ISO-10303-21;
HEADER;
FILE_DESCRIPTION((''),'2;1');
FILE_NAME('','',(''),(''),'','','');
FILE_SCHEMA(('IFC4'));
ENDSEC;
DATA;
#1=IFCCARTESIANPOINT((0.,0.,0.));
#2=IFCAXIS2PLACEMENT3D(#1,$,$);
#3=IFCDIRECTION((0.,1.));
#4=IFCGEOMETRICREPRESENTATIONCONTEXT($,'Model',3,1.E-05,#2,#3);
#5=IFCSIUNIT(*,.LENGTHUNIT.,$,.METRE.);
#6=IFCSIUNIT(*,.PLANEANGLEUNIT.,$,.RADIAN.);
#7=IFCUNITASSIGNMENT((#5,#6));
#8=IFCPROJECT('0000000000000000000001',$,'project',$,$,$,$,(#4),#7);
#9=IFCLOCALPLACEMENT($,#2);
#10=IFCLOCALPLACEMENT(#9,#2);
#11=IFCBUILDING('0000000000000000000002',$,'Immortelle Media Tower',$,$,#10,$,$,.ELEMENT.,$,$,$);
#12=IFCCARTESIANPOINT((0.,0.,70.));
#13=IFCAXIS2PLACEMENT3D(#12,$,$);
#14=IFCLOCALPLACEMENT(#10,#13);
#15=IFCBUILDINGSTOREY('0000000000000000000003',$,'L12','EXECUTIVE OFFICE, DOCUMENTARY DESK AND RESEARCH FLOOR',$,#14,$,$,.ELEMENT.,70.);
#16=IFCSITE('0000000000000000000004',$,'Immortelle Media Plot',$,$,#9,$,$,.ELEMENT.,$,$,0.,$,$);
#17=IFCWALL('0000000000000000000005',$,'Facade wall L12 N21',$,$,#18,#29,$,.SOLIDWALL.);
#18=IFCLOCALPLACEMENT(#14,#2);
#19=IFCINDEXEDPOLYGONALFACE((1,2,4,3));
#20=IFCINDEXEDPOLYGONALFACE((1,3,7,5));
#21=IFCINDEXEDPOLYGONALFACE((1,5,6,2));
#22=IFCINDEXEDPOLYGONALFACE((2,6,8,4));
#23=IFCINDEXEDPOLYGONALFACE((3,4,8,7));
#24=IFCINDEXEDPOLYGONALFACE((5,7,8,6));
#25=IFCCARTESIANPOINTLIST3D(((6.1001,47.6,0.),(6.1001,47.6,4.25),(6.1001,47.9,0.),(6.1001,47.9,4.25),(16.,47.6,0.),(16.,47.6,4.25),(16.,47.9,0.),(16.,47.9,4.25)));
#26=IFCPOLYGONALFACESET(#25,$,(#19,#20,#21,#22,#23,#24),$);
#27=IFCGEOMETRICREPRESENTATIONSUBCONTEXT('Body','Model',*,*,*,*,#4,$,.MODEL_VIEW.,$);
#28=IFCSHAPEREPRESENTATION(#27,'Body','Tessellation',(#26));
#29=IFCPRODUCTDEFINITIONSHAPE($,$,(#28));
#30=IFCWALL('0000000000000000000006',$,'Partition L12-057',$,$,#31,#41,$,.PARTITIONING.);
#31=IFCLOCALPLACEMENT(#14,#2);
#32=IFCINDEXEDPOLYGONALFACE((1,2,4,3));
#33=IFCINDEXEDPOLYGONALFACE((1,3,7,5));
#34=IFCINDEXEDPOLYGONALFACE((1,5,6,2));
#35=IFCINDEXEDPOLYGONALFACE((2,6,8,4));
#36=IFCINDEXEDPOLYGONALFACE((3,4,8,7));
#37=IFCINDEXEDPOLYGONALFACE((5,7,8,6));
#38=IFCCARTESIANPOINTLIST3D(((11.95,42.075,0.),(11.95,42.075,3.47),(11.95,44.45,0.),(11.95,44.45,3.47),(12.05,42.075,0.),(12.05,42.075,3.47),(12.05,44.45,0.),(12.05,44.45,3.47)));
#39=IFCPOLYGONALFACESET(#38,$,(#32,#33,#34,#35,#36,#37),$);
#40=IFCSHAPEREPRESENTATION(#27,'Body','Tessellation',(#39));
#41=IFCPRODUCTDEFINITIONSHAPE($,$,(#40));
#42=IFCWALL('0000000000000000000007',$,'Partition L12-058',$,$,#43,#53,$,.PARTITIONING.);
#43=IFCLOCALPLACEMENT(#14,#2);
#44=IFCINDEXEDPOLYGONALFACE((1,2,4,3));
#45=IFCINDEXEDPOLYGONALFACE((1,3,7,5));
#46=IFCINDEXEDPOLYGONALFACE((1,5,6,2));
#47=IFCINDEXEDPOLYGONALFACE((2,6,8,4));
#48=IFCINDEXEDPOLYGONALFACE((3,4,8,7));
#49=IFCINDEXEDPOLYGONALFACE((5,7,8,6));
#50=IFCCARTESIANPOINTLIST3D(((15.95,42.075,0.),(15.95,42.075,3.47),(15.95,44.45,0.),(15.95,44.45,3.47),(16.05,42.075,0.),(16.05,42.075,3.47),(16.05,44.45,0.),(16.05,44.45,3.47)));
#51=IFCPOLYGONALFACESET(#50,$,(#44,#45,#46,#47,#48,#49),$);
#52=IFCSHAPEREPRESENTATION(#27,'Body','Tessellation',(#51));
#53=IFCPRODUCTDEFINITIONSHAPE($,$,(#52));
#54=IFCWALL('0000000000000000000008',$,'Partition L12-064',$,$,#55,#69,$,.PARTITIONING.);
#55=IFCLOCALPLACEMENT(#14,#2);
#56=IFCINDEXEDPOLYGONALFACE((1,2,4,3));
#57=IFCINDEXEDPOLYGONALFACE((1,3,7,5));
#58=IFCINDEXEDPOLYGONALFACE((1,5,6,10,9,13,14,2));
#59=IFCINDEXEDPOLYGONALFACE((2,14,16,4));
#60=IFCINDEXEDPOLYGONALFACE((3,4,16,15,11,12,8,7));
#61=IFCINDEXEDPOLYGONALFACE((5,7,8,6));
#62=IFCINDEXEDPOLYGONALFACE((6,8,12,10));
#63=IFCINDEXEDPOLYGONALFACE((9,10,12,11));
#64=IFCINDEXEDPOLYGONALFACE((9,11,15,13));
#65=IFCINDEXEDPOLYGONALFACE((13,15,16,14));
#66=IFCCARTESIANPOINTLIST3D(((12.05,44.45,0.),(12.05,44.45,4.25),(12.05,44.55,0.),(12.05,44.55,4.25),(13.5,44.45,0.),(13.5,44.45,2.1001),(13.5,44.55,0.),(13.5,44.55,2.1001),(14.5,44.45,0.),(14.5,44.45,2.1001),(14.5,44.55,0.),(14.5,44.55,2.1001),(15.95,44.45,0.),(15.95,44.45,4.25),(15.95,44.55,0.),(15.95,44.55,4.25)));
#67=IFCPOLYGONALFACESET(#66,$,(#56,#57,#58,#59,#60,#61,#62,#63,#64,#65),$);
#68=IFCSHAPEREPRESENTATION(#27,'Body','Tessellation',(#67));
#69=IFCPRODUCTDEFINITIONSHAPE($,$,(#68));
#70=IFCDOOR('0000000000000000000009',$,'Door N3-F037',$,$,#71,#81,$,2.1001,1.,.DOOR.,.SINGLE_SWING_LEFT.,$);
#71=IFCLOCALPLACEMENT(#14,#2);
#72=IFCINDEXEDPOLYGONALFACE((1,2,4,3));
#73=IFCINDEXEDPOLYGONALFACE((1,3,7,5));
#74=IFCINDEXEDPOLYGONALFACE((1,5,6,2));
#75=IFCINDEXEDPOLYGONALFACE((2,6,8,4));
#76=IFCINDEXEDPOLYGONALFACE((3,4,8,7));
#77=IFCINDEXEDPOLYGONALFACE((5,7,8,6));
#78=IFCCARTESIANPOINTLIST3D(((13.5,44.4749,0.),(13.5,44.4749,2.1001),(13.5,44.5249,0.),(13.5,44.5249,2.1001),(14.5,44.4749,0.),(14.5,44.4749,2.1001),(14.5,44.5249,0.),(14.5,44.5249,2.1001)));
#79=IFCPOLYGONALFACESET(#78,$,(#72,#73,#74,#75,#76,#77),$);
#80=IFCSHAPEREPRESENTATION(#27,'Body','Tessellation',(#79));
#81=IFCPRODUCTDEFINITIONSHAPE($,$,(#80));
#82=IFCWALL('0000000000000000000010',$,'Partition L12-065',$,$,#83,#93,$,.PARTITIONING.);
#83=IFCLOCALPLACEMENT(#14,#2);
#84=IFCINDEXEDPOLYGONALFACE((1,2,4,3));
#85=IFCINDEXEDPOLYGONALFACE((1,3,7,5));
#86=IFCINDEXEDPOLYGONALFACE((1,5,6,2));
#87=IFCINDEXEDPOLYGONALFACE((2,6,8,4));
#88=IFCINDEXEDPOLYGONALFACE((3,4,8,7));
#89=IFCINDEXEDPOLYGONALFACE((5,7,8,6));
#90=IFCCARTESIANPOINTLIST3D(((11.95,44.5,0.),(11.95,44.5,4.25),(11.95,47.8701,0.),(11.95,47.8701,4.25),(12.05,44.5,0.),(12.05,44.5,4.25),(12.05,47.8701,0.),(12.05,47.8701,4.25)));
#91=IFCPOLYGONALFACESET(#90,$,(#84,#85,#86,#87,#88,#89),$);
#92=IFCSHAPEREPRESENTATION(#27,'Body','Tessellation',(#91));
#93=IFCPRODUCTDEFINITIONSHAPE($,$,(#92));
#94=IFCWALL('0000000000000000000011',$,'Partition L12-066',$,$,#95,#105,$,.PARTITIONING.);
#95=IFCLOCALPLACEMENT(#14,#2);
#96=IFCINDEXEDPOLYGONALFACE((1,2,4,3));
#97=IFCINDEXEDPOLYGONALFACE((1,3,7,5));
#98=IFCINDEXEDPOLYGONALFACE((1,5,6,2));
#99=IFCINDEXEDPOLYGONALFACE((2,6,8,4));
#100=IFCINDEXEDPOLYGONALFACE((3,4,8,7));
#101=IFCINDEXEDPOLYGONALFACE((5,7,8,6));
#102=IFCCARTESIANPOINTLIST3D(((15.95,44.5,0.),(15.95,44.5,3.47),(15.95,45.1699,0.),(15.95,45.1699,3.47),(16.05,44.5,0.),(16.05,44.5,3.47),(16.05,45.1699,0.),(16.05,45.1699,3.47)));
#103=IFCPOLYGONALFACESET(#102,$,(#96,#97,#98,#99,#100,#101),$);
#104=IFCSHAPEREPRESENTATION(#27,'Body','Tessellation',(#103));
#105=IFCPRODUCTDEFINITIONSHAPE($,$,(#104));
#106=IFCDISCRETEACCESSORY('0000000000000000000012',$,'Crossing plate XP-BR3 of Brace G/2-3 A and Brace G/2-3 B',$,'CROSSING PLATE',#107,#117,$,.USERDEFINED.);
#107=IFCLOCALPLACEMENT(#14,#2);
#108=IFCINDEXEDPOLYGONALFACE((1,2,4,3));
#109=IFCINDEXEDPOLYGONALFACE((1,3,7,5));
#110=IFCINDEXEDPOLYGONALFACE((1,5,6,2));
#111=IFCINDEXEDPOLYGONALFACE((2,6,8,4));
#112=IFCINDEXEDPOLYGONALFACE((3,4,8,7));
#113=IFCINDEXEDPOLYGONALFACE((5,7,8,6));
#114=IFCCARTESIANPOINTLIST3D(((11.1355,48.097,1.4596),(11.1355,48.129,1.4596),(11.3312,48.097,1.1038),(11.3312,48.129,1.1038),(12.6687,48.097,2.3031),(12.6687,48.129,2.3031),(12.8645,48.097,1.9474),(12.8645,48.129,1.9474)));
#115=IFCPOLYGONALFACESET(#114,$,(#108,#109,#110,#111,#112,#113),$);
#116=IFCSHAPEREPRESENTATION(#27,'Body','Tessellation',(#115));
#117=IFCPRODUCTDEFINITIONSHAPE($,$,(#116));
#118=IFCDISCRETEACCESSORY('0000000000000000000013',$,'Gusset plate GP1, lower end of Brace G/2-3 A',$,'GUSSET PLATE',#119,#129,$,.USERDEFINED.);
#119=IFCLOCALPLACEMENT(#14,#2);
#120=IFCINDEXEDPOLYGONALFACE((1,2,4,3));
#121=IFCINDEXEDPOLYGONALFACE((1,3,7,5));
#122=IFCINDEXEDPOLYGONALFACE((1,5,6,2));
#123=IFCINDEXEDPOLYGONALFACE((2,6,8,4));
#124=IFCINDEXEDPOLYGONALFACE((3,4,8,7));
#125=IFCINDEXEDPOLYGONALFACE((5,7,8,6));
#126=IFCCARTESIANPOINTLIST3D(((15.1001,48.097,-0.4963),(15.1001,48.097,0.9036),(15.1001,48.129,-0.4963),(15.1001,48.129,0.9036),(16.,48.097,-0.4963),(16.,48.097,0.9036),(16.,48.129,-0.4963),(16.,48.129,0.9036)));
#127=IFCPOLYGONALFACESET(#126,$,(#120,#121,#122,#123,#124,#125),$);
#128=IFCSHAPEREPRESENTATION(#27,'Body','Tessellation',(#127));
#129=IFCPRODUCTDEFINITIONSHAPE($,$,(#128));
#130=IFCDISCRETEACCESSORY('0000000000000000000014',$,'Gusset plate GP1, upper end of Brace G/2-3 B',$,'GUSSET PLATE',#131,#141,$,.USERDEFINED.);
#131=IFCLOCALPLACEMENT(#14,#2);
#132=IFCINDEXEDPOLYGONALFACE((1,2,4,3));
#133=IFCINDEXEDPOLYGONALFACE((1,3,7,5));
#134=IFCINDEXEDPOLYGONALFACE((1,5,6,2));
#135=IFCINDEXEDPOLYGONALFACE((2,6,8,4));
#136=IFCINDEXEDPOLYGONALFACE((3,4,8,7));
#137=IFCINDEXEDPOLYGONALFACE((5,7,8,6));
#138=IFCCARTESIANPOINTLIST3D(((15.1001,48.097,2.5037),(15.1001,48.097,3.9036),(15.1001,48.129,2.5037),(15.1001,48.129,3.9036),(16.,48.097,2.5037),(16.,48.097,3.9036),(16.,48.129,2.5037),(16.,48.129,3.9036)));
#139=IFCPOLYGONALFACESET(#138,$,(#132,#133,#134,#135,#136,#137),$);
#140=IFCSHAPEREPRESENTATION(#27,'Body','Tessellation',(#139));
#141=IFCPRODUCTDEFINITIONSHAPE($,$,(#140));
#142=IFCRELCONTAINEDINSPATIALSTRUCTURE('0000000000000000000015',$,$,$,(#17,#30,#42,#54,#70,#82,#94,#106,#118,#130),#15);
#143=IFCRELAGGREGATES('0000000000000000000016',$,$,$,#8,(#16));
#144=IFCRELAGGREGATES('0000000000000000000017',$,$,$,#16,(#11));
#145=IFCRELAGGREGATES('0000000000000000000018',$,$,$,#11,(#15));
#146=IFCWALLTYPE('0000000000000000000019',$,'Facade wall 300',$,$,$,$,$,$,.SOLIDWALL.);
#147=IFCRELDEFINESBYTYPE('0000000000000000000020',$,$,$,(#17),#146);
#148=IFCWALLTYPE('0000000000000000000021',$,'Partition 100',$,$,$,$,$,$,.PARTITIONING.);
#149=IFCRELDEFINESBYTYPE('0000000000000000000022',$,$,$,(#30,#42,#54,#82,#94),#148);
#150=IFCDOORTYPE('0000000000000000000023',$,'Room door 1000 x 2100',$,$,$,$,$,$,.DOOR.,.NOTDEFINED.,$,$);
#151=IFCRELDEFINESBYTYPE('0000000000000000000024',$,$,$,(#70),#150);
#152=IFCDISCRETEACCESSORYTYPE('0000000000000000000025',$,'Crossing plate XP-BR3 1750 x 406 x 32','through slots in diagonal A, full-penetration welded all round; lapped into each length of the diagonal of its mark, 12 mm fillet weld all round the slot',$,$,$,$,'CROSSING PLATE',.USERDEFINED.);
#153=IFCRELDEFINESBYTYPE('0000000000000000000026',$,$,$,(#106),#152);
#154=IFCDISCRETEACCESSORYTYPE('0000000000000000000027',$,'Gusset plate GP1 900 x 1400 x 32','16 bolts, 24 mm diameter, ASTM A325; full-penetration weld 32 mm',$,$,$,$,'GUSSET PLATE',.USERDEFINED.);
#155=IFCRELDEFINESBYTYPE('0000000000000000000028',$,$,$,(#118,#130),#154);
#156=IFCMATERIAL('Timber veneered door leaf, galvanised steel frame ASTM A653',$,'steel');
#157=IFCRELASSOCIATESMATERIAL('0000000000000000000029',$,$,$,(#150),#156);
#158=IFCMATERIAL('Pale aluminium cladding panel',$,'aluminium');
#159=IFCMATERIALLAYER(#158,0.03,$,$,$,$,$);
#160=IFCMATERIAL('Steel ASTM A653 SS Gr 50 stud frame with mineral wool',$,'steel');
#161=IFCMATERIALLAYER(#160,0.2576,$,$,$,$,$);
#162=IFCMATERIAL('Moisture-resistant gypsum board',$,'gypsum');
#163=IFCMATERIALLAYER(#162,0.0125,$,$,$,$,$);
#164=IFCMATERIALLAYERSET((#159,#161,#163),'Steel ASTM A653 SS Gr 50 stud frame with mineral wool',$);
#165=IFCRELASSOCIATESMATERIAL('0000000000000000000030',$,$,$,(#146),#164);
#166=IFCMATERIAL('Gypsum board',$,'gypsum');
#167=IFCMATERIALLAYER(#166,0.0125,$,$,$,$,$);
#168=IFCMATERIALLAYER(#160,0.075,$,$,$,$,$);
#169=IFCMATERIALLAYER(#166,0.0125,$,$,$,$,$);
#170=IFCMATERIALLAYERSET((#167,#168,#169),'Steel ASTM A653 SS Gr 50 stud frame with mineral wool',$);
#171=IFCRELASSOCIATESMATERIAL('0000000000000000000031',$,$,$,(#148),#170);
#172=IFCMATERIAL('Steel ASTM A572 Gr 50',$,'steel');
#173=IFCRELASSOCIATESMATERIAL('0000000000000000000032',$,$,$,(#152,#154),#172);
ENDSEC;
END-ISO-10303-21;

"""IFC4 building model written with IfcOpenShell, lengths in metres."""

from ifc_helpers import new_model, si_unit, direction, frame, frame_2d, origin, origin_2d, place, context, subcontext, project, spatial, rectangle, extrude, material, layer, layer_set, material_profile, profile_set, type_object, element, fill, save


model = new_model("IFC4")

# Units and contexts
model_context = context("Model", 3, precision=1e-05, world=origin(), true_north=direction((0.0, 1.0)))
body_context = subcontext(model_context, "Body", "Model", "MODEL_VIEW")
ifc_project = project(units=[si_unit("LENGTHUNIT", "METRE"), si_unit("PLANEANGLEUNIT", "RADIAN")], contexts=[model_context])

# Site, building, storey
site_placement = place(None, origin())
site = spatial("IfcSite", under=ifc_project, at=site_placement, Name="Immortelle Media Plot", CompositionType="ELEMENT", RefElevation=0.0)
building_placement = place(site_placement, origin())
building = spatial("IfcBuilding", under=site, at=building_placement, Name="Immortelle Media Tower", CompositionType="ELEMENT")
storey_placement = place(building_placement, frame((0.0, 0.0, 70.0)))
storey = spatial("IfcBuildingStorey", under=building, at=storey_placement, Name="L12", Description="EXECUTIVE OFFICE, DOCUMENTARY DESK AND RESEARCH FLOOR", CompositionType="ELEMENT", Elevation=70.0)

# Shared definitions
ifc_material_1 = material(Name="Steel ASTM A653 SS Gr 50 stud frame with mineral wool", Category="steel")
ifc_material_2 = material(Name="Timber veneered door leaf, galvanised steel frame ASTM A653", Category="steel")
door_type = type_object("IfcDoorType", Name="Room door 1000 x 2100", OperationType="NOTDEFINED", PredefinedType="DOOR", material=ifc_material_2)

# Walls
ifc_material_3 = material(Name="Pale aluminium cladding panel", Category="aluminium")
ifc_layer_1 = layer(ifc_material_3, 0.03)
ifc_layer_2 = layer(ifc_material_1, 0.2576)
ifc_material_4 = material(Name="Moisture-resistant gypsum board", Category="gypsum")
ifc_layer_3 = layer(ifc_material_4, 0.0125)
ifc_layer_set_1 = layer_set([ifc_layer_1, ifc_layer_2, ifc_layer_3], Name="Steel ASTM A653 SS Gr 50 stud frame with mineral wool")
wall_type_1 = type_object("IfcWallType", Name="Facade wall 300", PredefinedType="SOLIDWALL", material=ifc_layer_set_1)
wall_1_placement = place(storey_placement, frame((16.0, 47.75, 0.0), z_axis=(0.0, 0.0, 1.0), x_axis=(-1.0, 0.0, 0.0)))
element("IfcWall", 1, at=wall_1_placement, inside=storey, type_object=wall_type_1, Name="Facade wall L12 N21", PredefinedType="SOLIDWALL", context=body_context, shape_type="SweptSolid", body=[
    extrude(rectangle(XDim=9.8999, YDim=0.3, at=frame_2d((4.95, 0.0))), origin(), (0.0, 0.0, 1.0), 4.25),
])
ifc_material_5 = material(Name="Gypsum board", Category="gypsum")
ifc_layer_4 = layer(ifc_material_5, 0.0125)
ifc_layer_5 = layer(ifc_material_1, 0.075)
ifc_layer_6 = layer(ifc_material_5, 0.0125)
ifc_layer_set_2 = layer_set([ifc_layer_4, ifc_layer_5, ifc_layer_6], Name="Steel ASTM A653 SS Gr 50 stud frame with mineral wool")
wall_type_2 = type_object("IfcWallType", Name="Partition 100", PredefinedType="PARTITIONING", material=ifc_layer_set_2)
for number, where, z_axis, x_axis, name in (
    (2, (12.0, 42.075, 0.0), (0.0, 0.0, 1.0), (0.0, 1.0, 0.0), "Partition L12-057"),
    (3, (16.0, 42.075, 0.0), (0.0, 0.0, 1.0), (0.0, 1.0, 0.0), "Partition L12-058"),
):
    element("IfcWall", number, at=place(storey_placement, frame(where, z_axis=z_axis, x_axis=x_axis)), inside=storey, type_object=wall_type_2, Name=name, PredefinedType="PARTITIONING", context=body_context, shape_type="SweptSolid", body=[
        extrude(rectangle(XDim=2.375, YDim=0.1001, at=frame_2d((1.1875, 0.0))), origin(), (0.0, 0.0, 1.0), 3.47),
    ])

# Wall, opening, door
wall_2_placement = place(storey_placement, frame((12.05, 44.5, 0.0), z_axis=(0.0, 0.0, 1.0), x_axis=(1.0, 0.0, 0.0)))
wall_2 = element("IfcWall", 4, at=wall_2_placement, inside=storey, type_object=wall_type_2, Name="Partition L12-064", PredefinedType="PARTITIONING", context=body_context, shape_type="SweptSolid", body=[
    extrude(rectangle(XDim=3.8999, YDim=0.1001, at=frame_2d((1.95, 0.0))), origin(), (0.0, 0.0, 1.0), 4.25),
])
opening_1_placement = place(wall_2_placement, frame((1.45, 0.0, 0.0)))
opening_1 = element("IfcOpeningElement", 5, at=opening_1_placement, cuts=wall_2, PredefinedType="OPENING", context=body_context, shape_type="SweptSolid", body=[
    extrude(rectangle(XDim=1.0, YDim=2.1001, at=frame_2d((0.5, 1.05))), frame((0.0, 0.0601, 0.0), z_axis=(0.0, -1.0, 0.0), x_axis=(1.0, 0.0, 0.0)), (0.0, 0.0, 1.0), 0.1201),
])
door_1_placement = place(opening_1_placement, origin())
door_1 = element("IfcDoor", 6, at=door_1_placement, inside=storey, type_object=door_type, Name="Door N3-F037", OperationType="SINGLE_SWING_LEFT", OverallHeight=2.1001, OverallWidth=1.0, PredefinedType="DOOR", context=body_context, shape_type="SweptSolid", body=[
    extrude(rectangle(XDim=1.0, YDim=2.1001, at=frame_2d((0.5, 1.05))), frame((0.0, 0.0249, 0.0), z_axis=(0.0, -1.0, 0.0), x_axis=(1.0, 0.0, 0.0)), (0.0, 0.0, 1.0), 0.05),
])
fill(opening_1, door_1)

# Walls
wall_3_placement = place(storey_placement, frame((12.0, 44.5, 0.0), z_axis=(0.0, 0.0, 1.0), x_axis=(0.0, 1.0, 0.0)))
element("IfcWall", 7, at=wall_3_placement, inside=storey, type_object=wall_type_2, Name="Partition L12-065", PredefinedType="PARTITIONING", context=body_context, shape_type="SweptSolid", body=[
    extrude(rectangle(XDim=3.3701, YDim=0.1001, at=frame_2d((1.6851, 0.0))), origin(), (0.0, 0.0, 1.0), 4.25),
])
wall_4_placement = place(storey_placement, frame((16.0, 44.5, 0.0), z_axis=(0.0, 0.0, 1.0), x_axis=(0.0, 1.0, 0.0)))
element("IfcWall", 8, at=wall_4_placement, inside=storey, type_object=wall_type_2, Name="Partition L12-066", PredefinedType="PARTITIONING", context=body_context, shape_type="SweptSolid", body=[
    extrude(rectangle(XDim=0.6699, YDim=0.1001, at=frame_2d((0.335, 0.0))), origin(), (0.0, 0.0, 1.0), 3.47),
])

# Discrete accessories
ifc_material_6 = material(Name="Steel ASTM A572 Gr 50", Category="steel")
ifc_material_profile_1 = material_profile(ifc_material_6, rectangle(XDim=0.032, YDim=0.406, at=origin_2d()), Name="PL 32 x 406")
ifc_profile_set_1 = profile_set([ifc_material_profile_1], Name="Steel ASTM A572 Gr 50")
discrete_accessory_type_1 = type_object("IfcDiscreteAccessoryType", Name="Crossing plate XP-BR3 1750 x 406 x 32", Description="through slots in diagonal A, full-penetration welded all round; lapped into each length of the diagonal of its mark, 12 mm fillet weld all round the slot", ElementType="CROSSING PLATE", PredefinedType="USERDEFINED", material=ifc_profile_set_1)
discrete_accessory_placement = place(storey_placement, frame((12.7666, 48.113, 2.1252), z_axis=(-0.876157, 0.0, -0.482026), x_axis=(0.0, -1.0, 0.0)))
element("IfcDiscreteAccessory", 9, at=discrete_accessory_placement, inside=storey, type_object=discrete_accessory_type_1, Name="Crossing plate XP-BR3 of Brace G/2-3 A and Brace G/2-3 B", ObjectType="CROSSING PLATE", PredefinedType="USERDEFINED", context=body_context, shape_type="SweptSolid", body=[
    extrude(rectangle(XDim=0.032, YDim=0.406, at=origin_2d()), origin(), (0.0, 0.0, 1.0), 1.75),
])
ifc_material_profile_2 = material_profile(ifc_material_6, rectangle(XDim=0.032, YDim=1.3999, at=origin_2d()), Name="PL 32 x 1400")
ifc_profile_set_2 = profile_set([ifc_material_profile_2], Name="Steel ASTM A572 Gr 50")
discrete_accessory_type_2 = type_object("IfcDiscreteAccessoryType", Name="Gusset plate GP1 900 x 1400 x 32", Description="16 bolts, 24 mm diameter, ASTM A325; full-penetration weld 32 mm", ElementType="GUSSET PLATE", PredefinedType="USERDEFINED", material=ifc_profile_set_2)
for number, where, z_axis, x_axis, name in (
    (10, (16.0, 48.113, 0.2036), (-1.0, 0.0, 0.0), (0.0, -1.0, 0.0), "Gusset plate GP1, lower end of Brace G/2-3 A"),
    (11, (16.0, 48.113, 3.2036), (-1.0, 0.0, 0.0), (0.0, -1.0, 0.0), "Gusset plate GP1, upper end of Brace G/2-3 B"),
):
    element("IfcDiscreteAccessory", number, at=place(storey_placement, frame(where, z_axis=z_axis, x_axis=x_axis)), inside=storey, type_object=discrete_accessory_type_2, Name=name, ObjectType="GUSSET PLATE", PredefinedType="USERDEFINED", context=body_context, shape_type="SweptSolid", body=[
        extrude(rectangle(XDim=0.032, YDim=1.3999, at=origin_2d()), origin(), (0.0, 0.0, 1.0), 0.8999),
    ])

save(model, "model.ifc")
